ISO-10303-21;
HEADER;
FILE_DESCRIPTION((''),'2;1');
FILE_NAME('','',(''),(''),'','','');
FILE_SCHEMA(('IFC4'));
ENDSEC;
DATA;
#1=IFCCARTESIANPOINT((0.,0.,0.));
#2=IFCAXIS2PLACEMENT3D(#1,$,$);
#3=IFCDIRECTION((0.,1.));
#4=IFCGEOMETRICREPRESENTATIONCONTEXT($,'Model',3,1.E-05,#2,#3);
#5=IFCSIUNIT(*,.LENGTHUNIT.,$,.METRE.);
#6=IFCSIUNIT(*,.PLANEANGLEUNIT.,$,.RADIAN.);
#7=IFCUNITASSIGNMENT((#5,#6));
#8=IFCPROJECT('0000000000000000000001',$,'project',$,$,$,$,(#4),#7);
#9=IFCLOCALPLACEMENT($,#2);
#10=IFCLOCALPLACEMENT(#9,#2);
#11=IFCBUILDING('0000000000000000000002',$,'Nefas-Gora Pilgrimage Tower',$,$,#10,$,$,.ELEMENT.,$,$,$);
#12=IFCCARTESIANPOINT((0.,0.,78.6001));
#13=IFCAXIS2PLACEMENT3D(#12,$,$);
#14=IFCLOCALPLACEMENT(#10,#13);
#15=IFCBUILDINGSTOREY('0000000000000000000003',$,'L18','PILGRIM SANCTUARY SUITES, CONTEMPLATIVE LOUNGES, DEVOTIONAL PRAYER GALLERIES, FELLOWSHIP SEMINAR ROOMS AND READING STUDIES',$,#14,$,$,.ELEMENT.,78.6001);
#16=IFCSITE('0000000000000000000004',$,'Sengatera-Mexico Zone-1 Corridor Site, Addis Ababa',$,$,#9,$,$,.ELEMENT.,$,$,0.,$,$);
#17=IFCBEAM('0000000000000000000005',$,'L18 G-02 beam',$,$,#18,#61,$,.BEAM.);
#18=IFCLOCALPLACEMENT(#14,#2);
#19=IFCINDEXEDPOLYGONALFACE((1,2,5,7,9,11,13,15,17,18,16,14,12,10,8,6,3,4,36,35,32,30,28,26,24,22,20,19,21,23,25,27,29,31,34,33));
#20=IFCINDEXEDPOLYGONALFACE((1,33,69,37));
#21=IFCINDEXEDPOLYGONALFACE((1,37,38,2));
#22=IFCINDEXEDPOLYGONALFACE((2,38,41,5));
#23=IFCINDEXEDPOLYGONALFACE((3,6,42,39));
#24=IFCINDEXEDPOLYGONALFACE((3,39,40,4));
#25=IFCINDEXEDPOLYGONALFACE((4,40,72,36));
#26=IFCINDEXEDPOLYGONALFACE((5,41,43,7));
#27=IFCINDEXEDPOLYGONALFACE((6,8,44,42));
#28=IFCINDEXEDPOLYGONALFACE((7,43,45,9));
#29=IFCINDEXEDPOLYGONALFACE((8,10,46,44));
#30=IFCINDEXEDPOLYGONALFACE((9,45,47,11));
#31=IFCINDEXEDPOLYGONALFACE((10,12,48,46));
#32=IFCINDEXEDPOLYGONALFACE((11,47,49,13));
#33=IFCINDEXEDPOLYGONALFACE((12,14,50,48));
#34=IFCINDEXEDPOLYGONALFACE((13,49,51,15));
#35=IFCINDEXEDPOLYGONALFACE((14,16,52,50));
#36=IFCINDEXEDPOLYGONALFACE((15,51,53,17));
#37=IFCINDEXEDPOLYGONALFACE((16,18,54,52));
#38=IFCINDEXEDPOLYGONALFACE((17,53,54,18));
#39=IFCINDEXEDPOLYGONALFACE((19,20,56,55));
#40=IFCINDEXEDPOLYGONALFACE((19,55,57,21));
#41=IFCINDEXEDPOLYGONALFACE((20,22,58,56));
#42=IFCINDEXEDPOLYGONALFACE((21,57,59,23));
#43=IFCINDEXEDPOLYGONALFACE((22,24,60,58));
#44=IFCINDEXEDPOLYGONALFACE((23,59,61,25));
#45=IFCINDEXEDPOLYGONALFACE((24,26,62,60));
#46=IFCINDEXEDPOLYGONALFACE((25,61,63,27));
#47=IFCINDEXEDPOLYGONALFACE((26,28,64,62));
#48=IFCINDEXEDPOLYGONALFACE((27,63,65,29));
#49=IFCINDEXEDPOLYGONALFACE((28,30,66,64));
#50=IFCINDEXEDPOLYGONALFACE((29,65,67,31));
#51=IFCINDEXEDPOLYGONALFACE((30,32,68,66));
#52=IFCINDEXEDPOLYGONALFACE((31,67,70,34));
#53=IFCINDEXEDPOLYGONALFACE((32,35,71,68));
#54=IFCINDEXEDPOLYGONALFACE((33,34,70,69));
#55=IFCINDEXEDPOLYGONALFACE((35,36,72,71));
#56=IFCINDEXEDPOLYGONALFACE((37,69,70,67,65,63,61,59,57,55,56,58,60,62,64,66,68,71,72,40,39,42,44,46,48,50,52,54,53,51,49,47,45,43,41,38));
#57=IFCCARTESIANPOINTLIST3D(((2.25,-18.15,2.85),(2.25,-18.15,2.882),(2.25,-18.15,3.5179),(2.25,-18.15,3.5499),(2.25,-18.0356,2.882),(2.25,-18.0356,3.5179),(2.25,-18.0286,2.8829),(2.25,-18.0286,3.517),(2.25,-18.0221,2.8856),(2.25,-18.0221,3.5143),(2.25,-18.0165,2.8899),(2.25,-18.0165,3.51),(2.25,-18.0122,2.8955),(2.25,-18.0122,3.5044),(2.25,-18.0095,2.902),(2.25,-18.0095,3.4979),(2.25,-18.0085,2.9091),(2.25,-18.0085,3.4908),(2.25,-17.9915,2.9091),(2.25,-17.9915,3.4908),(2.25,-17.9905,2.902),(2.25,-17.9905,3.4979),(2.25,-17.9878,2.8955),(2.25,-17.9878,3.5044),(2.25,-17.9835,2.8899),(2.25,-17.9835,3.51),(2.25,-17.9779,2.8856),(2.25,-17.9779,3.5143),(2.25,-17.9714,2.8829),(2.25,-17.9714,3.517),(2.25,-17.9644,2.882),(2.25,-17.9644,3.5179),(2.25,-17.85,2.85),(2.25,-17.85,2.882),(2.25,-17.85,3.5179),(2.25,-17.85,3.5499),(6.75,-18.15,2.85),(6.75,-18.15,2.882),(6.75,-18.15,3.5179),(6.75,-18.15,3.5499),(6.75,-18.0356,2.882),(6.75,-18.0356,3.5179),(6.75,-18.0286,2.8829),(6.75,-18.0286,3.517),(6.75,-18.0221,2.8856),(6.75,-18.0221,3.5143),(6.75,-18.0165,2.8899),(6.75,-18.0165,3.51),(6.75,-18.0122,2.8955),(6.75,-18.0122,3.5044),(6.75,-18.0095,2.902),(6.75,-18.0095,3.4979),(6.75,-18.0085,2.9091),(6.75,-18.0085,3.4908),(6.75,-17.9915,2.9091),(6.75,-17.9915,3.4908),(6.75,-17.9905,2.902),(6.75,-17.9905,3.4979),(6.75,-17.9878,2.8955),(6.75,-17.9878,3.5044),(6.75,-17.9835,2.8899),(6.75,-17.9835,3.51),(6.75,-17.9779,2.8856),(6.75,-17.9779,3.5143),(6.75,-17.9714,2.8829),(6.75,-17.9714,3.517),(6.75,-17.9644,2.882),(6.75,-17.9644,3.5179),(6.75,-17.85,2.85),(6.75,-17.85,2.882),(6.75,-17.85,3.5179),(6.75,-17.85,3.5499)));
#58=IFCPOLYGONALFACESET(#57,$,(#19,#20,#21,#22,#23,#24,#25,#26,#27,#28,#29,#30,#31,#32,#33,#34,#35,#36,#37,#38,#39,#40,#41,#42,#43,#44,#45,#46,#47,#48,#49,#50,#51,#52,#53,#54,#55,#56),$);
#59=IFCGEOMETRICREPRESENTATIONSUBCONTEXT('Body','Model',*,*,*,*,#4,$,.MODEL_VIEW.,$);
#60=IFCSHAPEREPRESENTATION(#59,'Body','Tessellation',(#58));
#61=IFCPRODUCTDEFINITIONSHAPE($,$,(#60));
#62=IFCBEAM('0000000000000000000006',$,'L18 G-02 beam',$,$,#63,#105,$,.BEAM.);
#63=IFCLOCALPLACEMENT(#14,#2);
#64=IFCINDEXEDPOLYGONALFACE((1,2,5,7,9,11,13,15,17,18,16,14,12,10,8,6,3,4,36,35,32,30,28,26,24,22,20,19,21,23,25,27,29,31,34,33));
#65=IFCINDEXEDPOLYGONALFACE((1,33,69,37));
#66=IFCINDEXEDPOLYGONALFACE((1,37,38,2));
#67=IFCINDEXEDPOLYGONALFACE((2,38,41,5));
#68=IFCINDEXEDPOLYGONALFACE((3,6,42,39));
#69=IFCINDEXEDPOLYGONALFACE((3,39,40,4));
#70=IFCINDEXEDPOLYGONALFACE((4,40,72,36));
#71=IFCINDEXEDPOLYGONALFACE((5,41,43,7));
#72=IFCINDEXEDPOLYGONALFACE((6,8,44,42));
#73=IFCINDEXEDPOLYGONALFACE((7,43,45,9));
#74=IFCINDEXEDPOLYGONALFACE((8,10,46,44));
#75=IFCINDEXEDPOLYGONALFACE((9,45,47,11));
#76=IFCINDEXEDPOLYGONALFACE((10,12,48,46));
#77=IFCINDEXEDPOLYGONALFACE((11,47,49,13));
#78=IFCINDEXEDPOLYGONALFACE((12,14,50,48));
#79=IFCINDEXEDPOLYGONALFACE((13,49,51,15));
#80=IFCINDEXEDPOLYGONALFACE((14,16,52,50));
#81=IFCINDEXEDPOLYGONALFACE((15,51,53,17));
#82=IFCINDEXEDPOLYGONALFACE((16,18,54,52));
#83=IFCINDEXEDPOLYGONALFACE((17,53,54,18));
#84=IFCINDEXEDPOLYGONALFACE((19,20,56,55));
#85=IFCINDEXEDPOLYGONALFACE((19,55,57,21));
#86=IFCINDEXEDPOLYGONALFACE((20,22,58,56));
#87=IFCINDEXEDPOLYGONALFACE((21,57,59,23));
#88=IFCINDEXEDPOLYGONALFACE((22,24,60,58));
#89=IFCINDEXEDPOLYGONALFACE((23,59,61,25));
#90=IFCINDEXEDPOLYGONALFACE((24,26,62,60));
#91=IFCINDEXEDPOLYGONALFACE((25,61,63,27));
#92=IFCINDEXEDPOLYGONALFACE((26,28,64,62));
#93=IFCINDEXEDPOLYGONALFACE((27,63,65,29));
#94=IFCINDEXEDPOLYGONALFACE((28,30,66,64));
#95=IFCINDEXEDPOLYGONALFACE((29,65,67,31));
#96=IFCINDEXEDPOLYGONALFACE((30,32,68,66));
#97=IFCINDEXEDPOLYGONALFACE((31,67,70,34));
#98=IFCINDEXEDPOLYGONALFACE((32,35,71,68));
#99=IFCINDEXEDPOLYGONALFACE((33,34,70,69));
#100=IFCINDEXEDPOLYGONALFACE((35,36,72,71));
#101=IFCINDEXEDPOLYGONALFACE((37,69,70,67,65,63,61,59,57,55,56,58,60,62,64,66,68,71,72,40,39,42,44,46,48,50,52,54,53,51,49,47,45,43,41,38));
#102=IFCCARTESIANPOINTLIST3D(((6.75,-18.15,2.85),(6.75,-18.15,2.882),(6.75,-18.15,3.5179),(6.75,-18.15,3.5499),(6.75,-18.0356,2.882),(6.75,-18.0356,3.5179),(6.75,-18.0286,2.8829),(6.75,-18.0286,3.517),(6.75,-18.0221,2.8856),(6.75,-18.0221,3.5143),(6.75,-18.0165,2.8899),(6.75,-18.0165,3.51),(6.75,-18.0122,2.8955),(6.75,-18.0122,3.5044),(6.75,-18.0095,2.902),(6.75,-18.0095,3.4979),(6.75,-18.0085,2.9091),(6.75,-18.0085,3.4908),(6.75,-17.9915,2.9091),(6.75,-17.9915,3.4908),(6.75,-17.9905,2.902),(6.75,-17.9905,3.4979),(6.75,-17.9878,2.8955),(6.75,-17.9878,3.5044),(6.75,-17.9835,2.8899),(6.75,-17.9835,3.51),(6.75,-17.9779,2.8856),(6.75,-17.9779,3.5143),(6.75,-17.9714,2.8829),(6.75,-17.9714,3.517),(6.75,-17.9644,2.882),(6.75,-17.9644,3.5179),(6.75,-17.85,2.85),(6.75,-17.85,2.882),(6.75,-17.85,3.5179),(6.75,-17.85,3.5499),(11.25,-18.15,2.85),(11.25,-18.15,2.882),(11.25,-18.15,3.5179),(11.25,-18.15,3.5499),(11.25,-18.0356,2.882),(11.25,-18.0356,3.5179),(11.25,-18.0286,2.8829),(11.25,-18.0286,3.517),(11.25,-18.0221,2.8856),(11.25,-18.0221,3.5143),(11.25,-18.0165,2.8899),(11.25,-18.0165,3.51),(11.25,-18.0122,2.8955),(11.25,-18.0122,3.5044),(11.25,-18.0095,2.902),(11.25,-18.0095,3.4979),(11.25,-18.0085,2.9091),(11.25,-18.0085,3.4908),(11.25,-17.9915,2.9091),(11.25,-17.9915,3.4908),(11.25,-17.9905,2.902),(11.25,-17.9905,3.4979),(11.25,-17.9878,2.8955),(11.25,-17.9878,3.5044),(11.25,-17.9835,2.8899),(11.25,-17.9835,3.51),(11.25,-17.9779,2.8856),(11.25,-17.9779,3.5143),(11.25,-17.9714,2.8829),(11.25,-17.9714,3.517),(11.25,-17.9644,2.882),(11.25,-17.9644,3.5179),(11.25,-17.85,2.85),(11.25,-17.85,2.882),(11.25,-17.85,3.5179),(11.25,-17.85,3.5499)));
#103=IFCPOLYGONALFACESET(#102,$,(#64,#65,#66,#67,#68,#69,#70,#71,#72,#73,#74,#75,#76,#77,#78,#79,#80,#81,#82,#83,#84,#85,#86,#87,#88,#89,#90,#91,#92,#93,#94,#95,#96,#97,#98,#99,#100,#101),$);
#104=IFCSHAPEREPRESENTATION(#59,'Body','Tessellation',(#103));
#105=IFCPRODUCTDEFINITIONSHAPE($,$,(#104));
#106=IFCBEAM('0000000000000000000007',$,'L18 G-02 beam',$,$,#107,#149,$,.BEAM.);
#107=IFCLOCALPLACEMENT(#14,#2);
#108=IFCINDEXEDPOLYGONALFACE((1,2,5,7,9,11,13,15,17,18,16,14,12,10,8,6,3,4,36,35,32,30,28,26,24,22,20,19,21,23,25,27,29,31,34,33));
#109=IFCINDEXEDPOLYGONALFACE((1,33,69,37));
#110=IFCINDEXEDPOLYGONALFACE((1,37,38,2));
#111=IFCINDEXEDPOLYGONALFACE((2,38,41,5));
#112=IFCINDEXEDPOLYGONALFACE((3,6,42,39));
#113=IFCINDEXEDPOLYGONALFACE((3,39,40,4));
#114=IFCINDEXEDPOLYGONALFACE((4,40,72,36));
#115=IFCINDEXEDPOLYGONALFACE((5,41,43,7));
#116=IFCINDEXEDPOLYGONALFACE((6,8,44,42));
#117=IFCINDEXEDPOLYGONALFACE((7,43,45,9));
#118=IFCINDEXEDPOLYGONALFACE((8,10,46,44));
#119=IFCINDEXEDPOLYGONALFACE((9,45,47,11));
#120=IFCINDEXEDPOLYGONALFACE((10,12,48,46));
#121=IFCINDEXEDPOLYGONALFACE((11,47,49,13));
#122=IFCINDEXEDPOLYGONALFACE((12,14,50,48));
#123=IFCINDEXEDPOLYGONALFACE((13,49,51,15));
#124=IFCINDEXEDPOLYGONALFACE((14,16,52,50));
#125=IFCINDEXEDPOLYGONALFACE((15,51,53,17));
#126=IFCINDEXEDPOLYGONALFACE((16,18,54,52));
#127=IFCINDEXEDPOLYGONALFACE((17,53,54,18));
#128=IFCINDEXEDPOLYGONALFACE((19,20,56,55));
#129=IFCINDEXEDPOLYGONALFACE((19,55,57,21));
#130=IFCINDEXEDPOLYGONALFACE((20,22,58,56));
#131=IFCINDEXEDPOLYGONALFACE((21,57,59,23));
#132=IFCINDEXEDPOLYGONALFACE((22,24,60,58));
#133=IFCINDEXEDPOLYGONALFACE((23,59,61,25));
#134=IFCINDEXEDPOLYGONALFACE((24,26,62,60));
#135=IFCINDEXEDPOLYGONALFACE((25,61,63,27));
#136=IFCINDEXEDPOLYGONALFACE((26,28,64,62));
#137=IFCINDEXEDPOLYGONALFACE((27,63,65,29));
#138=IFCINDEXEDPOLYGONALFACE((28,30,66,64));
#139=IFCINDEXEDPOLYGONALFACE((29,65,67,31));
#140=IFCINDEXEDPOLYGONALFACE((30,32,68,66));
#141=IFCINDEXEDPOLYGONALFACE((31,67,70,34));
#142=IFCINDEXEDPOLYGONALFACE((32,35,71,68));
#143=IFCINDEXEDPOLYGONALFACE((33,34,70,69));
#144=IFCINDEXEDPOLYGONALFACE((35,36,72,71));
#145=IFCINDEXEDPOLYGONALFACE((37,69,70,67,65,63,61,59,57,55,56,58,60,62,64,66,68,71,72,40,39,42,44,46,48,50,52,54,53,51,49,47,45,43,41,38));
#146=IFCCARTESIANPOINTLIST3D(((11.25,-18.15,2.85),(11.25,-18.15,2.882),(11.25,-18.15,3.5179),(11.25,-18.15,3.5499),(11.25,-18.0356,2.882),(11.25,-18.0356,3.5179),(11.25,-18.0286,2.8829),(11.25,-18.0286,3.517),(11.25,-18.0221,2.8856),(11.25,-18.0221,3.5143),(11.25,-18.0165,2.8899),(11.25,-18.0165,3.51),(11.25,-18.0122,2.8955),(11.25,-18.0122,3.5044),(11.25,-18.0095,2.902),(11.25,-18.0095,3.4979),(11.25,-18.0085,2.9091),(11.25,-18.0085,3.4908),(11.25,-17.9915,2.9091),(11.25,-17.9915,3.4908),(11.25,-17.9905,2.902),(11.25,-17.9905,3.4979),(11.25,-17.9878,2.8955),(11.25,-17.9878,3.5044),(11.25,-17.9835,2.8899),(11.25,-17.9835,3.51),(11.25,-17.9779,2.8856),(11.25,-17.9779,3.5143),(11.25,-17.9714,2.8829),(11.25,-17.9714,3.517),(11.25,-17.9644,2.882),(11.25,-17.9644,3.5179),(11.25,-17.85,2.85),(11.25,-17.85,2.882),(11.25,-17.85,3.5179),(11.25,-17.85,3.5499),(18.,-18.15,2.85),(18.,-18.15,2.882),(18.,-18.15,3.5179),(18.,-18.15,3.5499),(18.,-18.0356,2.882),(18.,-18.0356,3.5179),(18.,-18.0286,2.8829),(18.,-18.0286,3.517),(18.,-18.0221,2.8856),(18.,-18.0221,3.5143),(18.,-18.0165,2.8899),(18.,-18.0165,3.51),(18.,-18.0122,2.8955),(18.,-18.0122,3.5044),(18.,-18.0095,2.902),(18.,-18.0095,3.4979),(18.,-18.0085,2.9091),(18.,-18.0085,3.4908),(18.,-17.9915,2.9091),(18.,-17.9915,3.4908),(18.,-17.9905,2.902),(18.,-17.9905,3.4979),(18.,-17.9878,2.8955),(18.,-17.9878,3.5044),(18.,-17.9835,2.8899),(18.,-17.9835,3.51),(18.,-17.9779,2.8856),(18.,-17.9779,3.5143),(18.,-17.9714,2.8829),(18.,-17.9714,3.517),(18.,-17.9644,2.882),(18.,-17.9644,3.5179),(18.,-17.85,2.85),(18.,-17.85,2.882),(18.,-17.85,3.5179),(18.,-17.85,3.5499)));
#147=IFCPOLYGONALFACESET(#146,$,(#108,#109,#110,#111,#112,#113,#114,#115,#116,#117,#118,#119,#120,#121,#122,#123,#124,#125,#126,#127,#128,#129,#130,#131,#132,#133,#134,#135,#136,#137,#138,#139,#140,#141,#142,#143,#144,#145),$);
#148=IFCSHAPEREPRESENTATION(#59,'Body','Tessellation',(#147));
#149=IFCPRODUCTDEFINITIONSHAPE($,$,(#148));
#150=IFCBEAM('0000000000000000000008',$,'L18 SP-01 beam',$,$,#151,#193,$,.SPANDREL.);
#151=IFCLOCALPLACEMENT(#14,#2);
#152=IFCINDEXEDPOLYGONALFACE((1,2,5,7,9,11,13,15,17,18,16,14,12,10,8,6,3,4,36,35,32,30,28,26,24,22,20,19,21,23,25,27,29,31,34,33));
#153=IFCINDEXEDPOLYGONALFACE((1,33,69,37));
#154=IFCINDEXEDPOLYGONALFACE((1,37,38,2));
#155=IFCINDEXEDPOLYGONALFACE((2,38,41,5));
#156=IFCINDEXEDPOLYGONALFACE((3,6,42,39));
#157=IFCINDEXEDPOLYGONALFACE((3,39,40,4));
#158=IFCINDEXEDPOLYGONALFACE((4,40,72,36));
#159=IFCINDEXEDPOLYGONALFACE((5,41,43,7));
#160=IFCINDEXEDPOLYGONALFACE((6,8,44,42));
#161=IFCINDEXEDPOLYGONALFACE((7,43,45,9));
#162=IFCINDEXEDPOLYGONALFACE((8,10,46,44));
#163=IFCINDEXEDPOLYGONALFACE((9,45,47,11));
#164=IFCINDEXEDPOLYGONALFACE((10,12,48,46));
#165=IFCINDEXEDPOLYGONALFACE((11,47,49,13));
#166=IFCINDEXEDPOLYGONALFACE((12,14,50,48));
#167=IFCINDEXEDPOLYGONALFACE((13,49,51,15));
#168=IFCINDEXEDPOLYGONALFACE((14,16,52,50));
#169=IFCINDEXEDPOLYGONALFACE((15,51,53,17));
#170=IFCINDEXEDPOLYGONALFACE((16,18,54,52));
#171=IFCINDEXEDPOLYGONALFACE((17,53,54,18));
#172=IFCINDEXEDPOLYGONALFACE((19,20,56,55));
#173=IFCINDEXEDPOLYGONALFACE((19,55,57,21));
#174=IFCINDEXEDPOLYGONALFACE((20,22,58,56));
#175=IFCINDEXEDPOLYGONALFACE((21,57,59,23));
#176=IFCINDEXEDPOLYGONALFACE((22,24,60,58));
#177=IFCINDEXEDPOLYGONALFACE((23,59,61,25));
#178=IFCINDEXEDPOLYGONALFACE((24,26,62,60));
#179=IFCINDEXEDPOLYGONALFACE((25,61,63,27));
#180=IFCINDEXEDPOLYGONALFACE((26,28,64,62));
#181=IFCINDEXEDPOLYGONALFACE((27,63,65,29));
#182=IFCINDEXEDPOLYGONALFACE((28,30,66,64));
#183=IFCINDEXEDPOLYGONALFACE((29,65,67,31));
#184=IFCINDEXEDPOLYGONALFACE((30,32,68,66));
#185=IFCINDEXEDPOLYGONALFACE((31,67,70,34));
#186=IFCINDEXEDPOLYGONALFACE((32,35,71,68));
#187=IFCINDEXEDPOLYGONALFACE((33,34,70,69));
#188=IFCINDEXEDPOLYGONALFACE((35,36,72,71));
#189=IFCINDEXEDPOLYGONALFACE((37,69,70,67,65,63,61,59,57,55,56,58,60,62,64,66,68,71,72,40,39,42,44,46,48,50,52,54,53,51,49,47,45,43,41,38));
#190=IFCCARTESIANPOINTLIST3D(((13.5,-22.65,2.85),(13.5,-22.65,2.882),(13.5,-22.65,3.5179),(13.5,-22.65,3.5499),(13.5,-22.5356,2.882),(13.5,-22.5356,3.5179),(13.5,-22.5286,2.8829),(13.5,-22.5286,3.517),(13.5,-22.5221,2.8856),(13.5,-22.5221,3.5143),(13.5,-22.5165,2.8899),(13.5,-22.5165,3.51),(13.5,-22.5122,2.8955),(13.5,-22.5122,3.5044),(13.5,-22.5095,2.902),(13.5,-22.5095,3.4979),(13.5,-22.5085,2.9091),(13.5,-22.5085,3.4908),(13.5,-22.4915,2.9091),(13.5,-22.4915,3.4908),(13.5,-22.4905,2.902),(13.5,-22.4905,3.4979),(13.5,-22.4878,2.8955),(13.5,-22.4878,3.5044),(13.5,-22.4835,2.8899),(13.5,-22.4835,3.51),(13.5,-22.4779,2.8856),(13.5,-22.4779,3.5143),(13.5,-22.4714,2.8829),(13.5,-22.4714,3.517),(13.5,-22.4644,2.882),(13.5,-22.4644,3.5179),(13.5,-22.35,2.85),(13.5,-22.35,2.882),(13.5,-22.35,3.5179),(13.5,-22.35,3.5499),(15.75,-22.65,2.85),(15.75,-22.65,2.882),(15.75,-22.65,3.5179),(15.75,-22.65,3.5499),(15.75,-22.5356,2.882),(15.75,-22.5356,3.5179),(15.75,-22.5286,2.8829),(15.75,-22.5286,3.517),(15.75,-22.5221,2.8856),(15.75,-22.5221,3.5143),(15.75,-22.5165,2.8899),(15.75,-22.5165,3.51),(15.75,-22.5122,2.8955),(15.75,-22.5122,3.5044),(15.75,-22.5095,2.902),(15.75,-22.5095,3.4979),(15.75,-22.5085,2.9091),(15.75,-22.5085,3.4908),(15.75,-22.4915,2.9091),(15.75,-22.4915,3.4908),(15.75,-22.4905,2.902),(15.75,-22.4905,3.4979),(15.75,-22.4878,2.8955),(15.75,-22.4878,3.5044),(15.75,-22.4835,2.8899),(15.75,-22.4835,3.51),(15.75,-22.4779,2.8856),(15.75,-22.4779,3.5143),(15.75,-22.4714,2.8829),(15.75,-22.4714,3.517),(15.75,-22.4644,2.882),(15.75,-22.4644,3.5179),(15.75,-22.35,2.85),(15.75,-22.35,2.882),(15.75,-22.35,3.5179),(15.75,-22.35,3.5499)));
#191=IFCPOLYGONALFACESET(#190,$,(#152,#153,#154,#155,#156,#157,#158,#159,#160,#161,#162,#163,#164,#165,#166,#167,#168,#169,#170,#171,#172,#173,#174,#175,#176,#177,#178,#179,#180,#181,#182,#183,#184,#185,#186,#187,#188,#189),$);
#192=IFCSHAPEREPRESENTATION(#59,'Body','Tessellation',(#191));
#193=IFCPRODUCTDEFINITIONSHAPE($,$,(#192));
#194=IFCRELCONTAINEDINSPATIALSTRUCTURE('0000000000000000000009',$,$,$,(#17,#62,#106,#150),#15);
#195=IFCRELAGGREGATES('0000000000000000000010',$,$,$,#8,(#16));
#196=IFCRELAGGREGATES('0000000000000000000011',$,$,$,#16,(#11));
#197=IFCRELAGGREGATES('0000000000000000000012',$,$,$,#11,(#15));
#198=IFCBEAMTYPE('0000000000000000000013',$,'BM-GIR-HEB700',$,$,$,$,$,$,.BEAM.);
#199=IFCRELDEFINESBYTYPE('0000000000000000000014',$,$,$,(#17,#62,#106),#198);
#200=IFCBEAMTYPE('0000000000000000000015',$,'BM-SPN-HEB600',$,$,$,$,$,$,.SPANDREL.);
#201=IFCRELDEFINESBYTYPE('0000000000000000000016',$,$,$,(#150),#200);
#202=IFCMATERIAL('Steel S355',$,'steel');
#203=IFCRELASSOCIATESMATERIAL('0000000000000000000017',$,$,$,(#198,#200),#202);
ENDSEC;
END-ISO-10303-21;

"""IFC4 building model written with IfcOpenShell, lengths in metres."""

from ifc_helpers import new_model, si_unit, direction, frame, origin, origin_2d, place, context, subcontext, project, spatial, i_section, extrude, source, transform, mapped, material, material_profile, profile_set, type_object, element, save


model = new_model("IFC4")

# Units and contexts
model_context = context("Model", 3, precision=1e-05, world=origin(), true_north=direction((0.0, 1.0)))
body_context = subcontext(model_context, "Body", "Model", "MODEL_VIEW")
ifc_project = project(units=[si_unit("LENGTHUNIT", "METRE"), si_unit("PLANEANGLEUNIT", "RADIAN")], contexts=[model_context])

# Site, building, storey
site_placement = place(None, origin())
site = spatial("IfcSite", under=ifc_project, at=site_placement, Name="Sengatera-Mexico Zone-1 Corridor Site, Addis Ababa", CompositionType="ELEMENT", RefElevation=0.0)
building_placement = place(site_placement, origin())
building = spatial("IfcBuilding", under=site, at=building_placement, Name="Nefas-Gora Pilgrimage Tower", CompositionType="ELEMENT")
storey_placement = place(building_placement, frame((0.0, 0.0, 78.6001)))
storey = spatial("IfcBuildingStorey", under=building, at=storey_placement, Name="L18", Description="PILGRIM SANCTUARY SUITES, CONTEMPLATIVE LOUNGES, DEVOTIONAL PRAYER GALLERIES, FELLOWSHIP SEMINAR ROOMS AND READING STUDIES", CompositionType="ELEMENT", Elevation=78.6001)

# Beams
ifc_material_1 = material(Name="Steel S355", Category="steel")
ifc_material_profile_1 = material_profile(ifc_material_1, i_section(OverallWidth=0.3, OverallDepth=0.7, WebThickness=0.0171, FlangeThickness=0.032, FilletRadius=0.0271, at=origin_2d()), Name="HEB 700")
ifc_profile_set_1 = profile_set([ifc_material_profile_1], Name="Steel S355")
beam_type_1 = type_object("IfcBeamType", Name="BM-GIR-HEB700", PredefinedType="BEAM", material=ifc_profile_set_1)
shared_shape_1 = source(origin(), body_context, "Body", "SweptSolid", [
    extrude(i_section(OverallWidth=0.3, OverallDepth=0.7, WebThickness=0.0171, FlangeThickness=0.032, FilletRadius=0.0271, at=origin_2d()), origin(), (0.0, 0.0, 1.0), 4.5),
])
for number, where, z_axis, x_axis, name in (
    (1, (2.25, -18.0, 3.2), (1.0, 0.0, 0.0), (0.0, 1.0, 0.0), "L18 G-02 beam"),
    (2, (6.75, -18.0, 3.2), (1.0, 0.0, 0.0), (0.0, 1.0, 0.0), "L18 G-02 beam"),
):
    element("IfcBeam", number, at=place(storey_placement, frame(where, z_axis=z_axis, x_axis=x_axis)), inside=storey, type_object=beam_type_1, Name=name, PredefinedType="BEAM", context=body_context, shape_type="MappedRepresentation", body=[
        mapped(shared_shape_1, transform((0.0, 0.0, 0.0), x_axis=(1.0, 0.0, 0.0), y_axis=(0.0, 1.0, 0.0), z_axis=(0.0, 0.0, 1.0), scale=1.0)),
    ])
shared_shape_2 = source(origin(), body_context, "Body", "SweptSolid", [
    extrude(i_section(OverallWidth=0.3, OverallDepth=0.7, WebThickness=0.0171, FlangeThickness=0.032, FilletRadius=0.0271, at=origin_2d()), origin(), (0.0, 0.0, 1.0), 6.75),
])
beam_placement = place(storey_placement, frame((11.25, -18.0, 3.2), z_axis=(1.0, 0.0, 0.0), x_axis=(0.0, 1.0, 0.0)))
element("IfcBeam", 3, at=beam_placement, inside=storey, type_object=beam_type_1, Name="L18 G-02 beam", PredefinedType="BEAM", context=body_context, shape_type="MappedRepresentation", body=[
    mapped(shared_shape_2, transform((0.0, 0.0, 0.0), x_axis=(1.0, 0.0, 0.0), y_axis=(0.0, 1.0, 0.0), z_axis=(0.0, 0.0, 1.0), scale=1.0)),
])
ifc_material_profile_2 = material_profile(ifc_material_1, i_section(OverallWidth=0.3, OverallDepth=0.7, WebThickness=0.0171, FlangeThickness=0.032, FilletRadius=0.0271, at=origin_2d()), Name="HEB 700")
ifc_profile_set_2 = profile_set([ifc_material_profile_2], Name="Steel S355")
beam_type_2 = type_object("IfcBeamType", Name="BM-SPN-HEB600", PredefinedType="SPANDREL", material=ifc_profile_set_2)
shared_shape_3 = source(origin(), body_context, "Body", "SweptSolid", [
    extrude(i_section(OverallWidth=0.3, OverallDepth=0.7, WebThickness=0.0171, FlangeThickness=0.032, FilletRadius=0.0271, at=origin_2d()), origin(), (0.0, 0.0, 1.0), 2.25),
])
for number, where, z_axis, x_axis, name in (
    (4, (13.5, -22.5, 3.2), (1.0, 0.0, 0.0), (0.0, 1.0, 0.0), "L18 SP-01 beam"),
):
    element("IfcBeam", number, at=place(storey_placement, frame(where, z_axis=z_axis, x_axis=x_axis)), inside=storey, type_object=beam_type_2, Name=name, PredefinedType="SPANDREL", context=body_context, shape_type="MappedRepresentation", body=[
        mapped(shared_shape_3, transform((0.0, 0.0, 0.0), x_axis=(1.0, 0.0, 0.0), y_axis=(0.0, 1.0, 0.0), z_axis=(0.0, 0.0, 1.0), scale=1.0)),
    ])

save(model, "model.ifc")
